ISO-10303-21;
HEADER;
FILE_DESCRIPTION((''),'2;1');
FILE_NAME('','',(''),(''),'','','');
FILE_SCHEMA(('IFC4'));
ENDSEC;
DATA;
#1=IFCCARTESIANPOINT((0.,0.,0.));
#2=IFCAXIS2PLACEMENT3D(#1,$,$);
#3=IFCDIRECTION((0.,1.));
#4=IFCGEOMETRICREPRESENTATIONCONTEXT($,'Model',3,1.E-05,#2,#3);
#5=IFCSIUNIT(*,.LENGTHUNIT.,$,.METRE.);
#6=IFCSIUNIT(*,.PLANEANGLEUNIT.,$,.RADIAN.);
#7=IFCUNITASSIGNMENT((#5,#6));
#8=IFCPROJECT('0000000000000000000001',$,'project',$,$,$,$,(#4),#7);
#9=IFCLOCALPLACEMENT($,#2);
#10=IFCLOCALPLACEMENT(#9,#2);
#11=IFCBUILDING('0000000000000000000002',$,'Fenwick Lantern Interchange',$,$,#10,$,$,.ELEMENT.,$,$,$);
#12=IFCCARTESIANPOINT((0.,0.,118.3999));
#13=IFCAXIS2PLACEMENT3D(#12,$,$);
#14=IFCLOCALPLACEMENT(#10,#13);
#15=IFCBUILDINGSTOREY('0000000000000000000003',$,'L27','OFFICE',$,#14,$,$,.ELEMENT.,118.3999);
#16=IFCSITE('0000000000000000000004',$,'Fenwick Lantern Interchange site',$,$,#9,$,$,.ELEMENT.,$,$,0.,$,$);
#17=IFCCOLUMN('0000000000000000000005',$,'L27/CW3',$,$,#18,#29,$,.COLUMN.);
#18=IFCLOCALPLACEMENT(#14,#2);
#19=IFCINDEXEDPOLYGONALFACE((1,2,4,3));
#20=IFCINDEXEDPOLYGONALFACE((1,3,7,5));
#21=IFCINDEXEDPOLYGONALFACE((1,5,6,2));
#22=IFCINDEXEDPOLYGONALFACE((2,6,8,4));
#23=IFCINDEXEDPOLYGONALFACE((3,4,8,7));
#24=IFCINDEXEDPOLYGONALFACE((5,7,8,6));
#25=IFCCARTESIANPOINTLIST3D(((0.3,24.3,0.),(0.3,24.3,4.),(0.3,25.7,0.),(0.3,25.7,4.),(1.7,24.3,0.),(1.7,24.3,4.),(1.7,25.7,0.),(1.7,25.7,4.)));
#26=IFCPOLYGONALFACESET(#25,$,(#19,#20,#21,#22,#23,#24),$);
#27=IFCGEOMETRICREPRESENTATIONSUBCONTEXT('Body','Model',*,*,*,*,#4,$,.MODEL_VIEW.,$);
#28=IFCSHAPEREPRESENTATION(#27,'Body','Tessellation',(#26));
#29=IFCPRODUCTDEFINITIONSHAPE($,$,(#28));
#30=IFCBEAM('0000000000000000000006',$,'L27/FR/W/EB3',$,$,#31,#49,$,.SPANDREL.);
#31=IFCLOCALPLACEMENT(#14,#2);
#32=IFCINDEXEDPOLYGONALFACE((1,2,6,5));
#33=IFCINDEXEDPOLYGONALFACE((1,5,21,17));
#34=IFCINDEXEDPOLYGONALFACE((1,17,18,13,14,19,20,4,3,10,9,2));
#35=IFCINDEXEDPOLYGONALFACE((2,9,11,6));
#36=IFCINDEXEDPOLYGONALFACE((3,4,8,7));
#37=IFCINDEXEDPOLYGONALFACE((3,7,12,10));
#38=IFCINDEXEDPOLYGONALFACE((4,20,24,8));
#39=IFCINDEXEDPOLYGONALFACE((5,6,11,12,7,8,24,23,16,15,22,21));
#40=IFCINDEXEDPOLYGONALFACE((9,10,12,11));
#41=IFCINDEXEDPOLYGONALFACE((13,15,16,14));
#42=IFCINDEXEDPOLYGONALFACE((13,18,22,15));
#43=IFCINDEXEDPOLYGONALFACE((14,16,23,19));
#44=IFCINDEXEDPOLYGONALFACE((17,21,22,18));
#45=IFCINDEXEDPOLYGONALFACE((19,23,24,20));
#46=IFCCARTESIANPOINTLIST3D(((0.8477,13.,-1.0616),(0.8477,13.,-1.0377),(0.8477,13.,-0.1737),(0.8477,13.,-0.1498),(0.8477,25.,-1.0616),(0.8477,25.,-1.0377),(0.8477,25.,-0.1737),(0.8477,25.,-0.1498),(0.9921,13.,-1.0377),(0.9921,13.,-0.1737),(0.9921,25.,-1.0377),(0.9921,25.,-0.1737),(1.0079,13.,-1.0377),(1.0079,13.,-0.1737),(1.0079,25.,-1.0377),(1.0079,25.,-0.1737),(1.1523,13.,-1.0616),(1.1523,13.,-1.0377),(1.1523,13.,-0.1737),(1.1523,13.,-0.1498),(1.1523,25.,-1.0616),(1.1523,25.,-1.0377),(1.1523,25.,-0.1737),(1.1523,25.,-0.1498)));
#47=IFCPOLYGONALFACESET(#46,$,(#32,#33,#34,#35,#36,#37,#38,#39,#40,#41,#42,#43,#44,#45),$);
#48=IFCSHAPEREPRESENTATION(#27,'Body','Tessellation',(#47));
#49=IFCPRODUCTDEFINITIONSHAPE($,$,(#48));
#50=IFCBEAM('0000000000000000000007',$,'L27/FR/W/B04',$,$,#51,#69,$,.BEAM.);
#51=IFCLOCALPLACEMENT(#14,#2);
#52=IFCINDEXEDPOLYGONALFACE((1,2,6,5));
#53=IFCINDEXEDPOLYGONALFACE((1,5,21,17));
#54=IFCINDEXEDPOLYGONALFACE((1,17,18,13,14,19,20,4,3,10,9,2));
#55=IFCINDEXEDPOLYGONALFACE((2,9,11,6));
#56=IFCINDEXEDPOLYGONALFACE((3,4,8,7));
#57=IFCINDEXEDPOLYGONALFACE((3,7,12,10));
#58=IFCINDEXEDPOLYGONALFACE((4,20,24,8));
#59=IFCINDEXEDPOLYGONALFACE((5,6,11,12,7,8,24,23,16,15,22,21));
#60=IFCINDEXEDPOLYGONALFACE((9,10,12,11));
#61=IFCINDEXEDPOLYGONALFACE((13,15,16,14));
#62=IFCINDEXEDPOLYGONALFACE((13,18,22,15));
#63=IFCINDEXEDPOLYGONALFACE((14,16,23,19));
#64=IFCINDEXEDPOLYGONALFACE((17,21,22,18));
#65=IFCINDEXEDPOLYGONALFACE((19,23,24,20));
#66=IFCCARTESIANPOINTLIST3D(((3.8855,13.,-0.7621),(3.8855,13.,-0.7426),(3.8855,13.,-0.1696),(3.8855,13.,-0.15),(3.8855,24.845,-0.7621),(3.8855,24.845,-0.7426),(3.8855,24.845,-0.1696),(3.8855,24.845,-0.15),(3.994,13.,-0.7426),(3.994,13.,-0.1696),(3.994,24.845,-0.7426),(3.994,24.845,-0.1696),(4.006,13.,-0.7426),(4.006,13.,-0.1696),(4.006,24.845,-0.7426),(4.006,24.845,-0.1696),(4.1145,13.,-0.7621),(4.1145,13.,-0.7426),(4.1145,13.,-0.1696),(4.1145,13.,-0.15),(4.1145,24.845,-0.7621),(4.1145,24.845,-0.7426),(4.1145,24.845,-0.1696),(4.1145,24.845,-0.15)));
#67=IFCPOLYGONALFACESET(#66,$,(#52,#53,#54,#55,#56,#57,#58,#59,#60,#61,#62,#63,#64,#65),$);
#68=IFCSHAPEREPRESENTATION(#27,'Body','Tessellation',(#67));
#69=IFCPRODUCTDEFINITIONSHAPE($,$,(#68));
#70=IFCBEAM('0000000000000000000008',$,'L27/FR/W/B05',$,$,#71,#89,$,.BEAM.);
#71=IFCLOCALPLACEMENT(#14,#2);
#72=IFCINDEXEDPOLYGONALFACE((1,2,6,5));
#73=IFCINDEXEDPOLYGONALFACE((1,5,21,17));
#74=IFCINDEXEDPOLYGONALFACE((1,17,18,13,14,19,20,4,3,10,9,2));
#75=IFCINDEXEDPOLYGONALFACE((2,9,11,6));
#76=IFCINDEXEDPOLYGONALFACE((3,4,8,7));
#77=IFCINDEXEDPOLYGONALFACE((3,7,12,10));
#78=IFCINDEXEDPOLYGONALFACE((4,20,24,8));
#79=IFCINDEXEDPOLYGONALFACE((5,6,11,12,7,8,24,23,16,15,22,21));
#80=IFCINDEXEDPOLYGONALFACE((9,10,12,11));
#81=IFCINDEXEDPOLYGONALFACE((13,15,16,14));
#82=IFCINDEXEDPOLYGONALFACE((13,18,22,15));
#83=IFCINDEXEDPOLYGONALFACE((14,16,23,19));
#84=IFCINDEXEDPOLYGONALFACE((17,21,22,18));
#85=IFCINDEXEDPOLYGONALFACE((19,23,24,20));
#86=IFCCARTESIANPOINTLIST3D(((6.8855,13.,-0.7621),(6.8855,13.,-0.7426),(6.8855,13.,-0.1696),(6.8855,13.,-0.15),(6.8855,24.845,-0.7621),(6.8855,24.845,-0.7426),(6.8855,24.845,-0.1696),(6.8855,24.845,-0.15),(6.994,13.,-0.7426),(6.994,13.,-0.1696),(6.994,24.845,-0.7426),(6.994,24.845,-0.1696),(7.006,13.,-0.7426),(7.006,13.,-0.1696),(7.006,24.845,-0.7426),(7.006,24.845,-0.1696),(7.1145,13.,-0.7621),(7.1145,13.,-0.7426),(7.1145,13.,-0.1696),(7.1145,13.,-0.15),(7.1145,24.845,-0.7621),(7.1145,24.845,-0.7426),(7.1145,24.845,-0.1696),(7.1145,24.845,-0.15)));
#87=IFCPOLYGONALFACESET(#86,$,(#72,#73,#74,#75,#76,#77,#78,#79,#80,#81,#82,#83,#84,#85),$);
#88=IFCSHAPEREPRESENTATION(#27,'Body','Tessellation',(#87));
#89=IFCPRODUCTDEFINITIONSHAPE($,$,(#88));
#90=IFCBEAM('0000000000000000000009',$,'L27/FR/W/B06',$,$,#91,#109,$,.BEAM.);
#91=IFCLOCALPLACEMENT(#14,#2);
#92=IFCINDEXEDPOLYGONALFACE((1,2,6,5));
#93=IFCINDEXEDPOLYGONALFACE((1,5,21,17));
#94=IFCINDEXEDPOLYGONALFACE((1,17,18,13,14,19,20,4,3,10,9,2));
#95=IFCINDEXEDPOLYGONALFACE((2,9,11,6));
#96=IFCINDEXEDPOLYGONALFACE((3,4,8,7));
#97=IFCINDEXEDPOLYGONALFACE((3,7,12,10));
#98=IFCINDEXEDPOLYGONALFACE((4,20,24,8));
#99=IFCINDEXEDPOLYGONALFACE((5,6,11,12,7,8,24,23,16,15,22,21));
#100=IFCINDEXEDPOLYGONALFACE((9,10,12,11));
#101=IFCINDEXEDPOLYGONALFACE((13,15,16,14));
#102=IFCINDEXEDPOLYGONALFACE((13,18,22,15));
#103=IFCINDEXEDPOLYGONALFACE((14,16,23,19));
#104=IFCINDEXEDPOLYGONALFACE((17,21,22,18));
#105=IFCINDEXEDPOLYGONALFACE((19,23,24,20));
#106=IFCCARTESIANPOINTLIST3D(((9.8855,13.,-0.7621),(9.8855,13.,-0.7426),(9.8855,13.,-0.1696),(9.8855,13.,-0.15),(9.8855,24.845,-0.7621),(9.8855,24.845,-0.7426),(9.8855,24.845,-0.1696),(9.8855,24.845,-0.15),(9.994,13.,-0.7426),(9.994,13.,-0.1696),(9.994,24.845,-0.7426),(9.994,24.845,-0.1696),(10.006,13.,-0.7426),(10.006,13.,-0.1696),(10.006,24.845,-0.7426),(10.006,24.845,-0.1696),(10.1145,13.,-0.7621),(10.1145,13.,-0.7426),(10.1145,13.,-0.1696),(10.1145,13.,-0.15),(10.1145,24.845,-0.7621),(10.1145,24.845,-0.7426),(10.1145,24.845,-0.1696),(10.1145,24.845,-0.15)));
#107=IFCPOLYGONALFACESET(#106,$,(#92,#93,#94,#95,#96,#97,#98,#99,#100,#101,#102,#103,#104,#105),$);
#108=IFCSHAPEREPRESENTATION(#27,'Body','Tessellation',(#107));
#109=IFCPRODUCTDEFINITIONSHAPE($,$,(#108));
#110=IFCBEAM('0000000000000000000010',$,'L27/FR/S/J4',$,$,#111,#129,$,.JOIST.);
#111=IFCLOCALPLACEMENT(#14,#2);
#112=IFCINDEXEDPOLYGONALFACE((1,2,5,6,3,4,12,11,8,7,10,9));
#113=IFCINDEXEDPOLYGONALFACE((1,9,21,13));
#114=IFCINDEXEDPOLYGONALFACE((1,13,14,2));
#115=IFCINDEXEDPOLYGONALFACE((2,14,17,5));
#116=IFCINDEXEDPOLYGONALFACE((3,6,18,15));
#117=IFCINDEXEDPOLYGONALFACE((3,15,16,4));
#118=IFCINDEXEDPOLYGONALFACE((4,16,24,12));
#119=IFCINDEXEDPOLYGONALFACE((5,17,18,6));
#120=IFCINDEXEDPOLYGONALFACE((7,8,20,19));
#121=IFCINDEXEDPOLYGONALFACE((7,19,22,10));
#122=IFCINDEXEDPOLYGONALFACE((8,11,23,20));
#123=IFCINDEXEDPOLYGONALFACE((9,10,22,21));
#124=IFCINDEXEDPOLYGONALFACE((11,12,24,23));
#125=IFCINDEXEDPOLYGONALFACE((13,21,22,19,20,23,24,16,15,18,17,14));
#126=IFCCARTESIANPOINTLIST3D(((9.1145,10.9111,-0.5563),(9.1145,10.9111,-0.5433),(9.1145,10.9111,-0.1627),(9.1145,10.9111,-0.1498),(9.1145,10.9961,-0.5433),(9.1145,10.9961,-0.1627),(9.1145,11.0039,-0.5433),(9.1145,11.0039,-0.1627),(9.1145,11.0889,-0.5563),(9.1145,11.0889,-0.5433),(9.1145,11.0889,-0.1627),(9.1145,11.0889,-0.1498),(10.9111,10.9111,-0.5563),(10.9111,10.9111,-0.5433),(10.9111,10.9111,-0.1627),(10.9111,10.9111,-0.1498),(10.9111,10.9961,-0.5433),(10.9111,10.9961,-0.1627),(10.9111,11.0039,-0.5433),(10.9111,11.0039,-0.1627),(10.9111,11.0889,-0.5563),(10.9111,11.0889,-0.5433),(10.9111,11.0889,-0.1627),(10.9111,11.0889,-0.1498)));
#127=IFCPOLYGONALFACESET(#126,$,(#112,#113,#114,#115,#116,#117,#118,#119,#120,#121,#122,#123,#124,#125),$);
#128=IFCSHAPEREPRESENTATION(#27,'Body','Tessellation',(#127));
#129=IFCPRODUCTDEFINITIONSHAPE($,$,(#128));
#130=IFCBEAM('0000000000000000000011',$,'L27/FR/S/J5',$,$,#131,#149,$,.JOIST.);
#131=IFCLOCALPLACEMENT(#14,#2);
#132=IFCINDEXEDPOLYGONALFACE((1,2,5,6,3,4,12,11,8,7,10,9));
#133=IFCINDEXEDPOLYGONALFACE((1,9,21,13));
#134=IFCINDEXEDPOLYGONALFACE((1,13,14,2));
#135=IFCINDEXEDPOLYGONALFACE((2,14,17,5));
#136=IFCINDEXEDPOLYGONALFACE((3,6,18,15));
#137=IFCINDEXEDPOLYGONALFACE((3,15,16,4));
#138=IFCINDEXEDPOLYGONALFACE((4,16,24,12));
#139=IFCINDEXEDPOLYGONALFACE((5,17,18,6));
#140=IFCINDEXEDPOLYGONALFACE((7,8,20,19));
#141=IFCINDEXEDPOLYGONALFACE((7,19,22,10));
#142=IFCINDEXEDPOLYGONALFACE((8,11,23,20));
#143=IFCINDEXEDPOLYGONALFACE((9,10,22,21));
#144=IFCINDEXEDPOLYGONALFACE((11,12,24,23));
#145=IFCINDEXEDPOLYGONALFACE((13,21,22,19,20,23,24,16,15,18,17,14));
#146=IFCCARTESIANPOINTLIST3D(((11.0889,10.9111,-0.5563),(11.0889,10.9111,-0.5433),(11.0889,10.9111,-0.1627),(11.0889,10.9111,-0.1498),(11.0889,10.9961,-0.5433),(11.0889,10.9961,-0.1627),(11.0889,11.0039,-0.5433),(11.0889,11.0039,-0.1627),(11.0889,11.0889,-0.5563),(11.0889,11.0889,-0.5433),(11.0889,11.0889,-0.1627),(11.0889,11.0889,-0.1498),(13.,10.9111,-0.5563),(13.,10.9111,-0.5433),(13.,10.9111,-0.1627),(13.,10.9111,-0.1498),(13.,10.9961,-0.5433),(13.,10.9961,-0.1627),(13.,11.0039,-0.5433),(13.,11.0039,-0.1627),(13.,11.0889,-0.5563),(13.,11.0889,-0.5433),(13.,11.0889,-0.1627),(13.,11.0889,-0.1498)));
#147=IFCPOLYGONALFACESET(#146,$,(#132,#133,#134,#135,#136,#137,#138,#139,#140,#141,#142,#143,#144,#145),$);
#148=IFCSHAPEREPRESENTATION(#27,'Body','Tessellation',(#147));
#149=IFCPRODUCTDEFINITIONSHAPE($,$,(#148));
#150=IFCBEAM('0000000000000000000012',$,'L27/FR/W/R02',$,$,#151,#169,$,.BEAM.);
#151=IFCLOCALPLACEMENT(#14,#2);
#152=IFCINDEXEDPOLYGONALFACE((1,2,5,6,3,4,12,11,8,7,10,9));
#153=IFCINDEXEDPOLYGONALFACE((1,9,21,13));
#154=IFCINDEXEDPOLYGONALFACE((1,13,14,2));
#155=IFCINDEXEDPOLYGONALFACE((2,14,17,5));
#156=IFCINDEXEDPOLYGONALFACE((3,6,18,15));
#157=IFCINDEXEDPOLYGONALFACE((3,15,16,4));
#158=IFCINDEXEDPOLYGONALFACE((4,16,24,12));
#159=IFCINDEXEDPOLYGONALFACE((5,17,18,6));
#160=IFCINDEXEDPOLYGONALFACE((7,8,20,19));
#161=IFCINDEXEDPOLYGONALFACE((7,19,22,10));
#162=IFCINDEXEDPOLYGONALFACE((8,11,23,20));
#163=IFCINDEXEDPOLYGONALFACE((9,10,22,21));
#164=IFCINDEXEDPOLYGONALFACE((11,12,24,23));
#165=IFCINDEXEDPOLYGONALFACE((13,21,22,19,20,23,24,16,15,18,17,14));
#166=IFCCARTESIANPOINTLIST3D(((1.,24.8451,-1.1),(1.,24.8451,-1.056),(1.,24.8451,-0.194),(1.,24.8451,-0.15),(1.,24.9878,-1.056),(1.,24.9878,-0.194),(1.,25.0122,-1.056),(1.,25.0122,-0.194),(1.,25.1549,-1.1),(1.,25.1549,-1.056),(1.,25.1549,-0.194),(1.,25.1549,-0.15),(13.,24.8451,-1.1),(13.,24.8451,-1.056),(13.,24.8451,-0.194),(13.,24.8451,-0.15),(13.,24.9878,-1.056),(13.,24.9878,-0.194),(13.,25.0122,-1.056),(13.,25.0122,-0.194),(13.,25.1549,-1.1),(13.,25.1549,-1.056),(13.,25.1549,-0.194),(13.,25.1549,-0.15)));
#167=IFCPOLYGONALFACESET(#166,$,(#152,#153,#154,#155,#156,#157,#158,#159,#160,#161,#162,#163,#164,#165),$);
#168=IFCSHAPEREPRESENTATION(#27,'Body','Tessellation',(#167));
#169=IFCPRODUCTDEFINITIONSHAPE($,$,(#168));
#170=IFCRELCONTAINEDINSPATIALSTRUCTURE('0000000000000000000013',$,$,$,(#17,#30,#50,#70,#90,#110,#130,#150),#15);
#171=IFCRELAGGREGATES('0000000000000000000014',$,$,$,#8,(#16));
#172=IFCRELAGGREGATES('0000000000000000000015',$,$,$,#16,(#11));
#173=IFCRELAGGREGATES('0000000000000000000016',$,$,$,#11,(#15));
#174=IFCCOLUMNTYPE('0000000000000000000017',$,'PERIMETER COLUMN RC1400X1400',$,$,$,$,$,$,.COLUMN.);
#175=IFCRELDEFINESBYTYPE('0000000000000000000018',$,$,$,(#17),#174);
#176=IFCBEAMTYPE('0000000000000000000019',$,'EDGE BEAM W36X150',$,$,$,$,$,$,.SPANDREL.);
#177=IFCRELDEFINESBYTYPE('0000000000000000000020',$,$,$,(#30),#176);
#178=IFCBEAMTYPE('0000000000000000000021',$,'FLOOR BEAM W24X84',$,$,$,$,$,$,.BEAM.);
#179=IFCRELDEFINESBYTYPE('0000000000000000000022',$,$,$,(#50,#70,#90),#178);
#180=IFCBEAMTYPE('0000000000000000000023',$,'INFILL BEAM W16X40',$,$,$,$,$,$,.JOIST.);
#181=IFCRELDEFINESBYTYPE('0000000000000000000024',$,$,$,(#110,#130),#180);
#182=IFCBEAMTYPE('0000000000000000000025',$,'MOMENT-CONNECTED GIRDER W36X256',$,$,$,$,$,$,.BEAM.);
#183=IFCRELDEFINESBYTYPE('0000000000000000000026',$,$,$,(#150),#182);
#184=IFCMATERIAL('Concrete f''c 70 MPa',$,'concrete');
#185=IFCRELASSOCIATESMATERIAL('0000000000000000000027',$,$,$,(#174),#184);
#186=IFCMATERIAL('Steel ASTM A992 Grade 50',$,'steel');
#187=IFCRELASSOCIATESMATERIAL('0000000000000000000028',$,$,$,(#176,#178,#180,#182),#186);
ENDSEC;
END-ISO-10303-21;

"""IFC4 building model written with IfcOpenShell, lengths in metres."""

from ifc_helpers import new_model, si_unit, direction, frame, origin, origin_2d, place, context, subcontext, project, spatial, rectangle, i_section, extrude, material, material_profile, profile_set, type_object, element, save


model = new_model("IFC4")

# Units and contexts
model_context = context("Model", 3, precision=1e-05, world=origin(), true_north=direction((0.0, 1.0)))
body_context = subcontext(model_context, "Body", "Model", "MODEL_VIEW")
ifc_project = project(units=[si_unit("LENGTHUNIT", "METRE"), si_unit("PLANEANGLEUNIT", "RADIAN")], contexts=[model_context])

# Site, building, storey
site_placement = place(None, origin())
site = spatial("IfcSite", under=ifc_project, at=site_placement, Name="Fenwick Lantern Interchange site", CompositionType="ELEMENT", RefElevation=0.0)
building_placement = place(site_placement, origin())
building = spatial("IfcBuilding", under=site, at=building_placement, Name="Fenwick Lantern Interchange", CompositionType="ELEMENT")
storey_placement = place(building_placement, frame((0.0, 0.0, 118.3999)))
storey = spatial("IfcBuildingStorey", under=building, at=storey_placement, Name="L27", Description="OFFICE", CompositionType="ELEMENT", Elevation=118.3999)

# Column
ifc_material_1 = material(Name="Concrete f'c 70 MPa", Category="concrete")
ifc_material_profile_1 = material_profile(ifc_material_1, rectangle(XDim=1.3999, YDim=1.3999, at=origin_2d()), Name="RC1400X1400")
ifc_profile_set_1 = profile_set([ifc_material_profile_1], Name="Concrete f'c 70 MPa")
column_type = type_object("IfcColumnType", Name="PERIMETER COLUMN RC1400X1400", PredefinedType="COLUMN", material=ifc_profile_set_1)
column_placement = place(storey_placement, frame((1.0, 25.0, 0.0), z_axis=(0.0, 0.0, 1.0), x_axis=(1.0, 0.0, 0.0)))
element("IfcColumn", 1, at=column_placement, inside=storey, type_object=column_type, Name="L27/CW3", PredefinedType="COLUMN", context=body_context, shape_type="SweptSolid", body=[
    extrude(rectangle(XDim=1.3999, YDim=1.3999, at=origin_2d()), origin(), (0.0, 0.0, 1.0), 4.0),
])

# Beams
ifc_material_2 = material(Name="Steel ASTM A992 Grade 50", Category="steel")
ifc_material_profile_2 = material_profile(ifc_material_2, i_section(OverallWidth=0.3047, OverallDepth=0.9119, WebThickness=0.0159, FlangeThickness=0.0239, at=origin_2d()), Name="W36X150")
ifc_profile_set_2 = profile_set([ifc_material_profile_2], Name="Steel ASTM A992 Grade 50")
beam_type_1 = type_object("IfcBeamType", Name="EDGE BEAM W36X150", PredefinedType="SPANDREL", material=ifc_profile_set_2)
beam_1_placement = place(storey_placement, frame((1.0, 25.0, -0.6057), z_axis=(0.0, -1.0, 0.0), x_axis=(1.0, 0.0, 0.0)))
element("IfcBeam", 2, at=beam_1_placement, inside=storey, type_object=beam_type_1, Name="L27/FR/W/EB3", PredefinedType="SPANDREL", context=body_context, shape_type="SweptSolid", body=[
    extrude(i_section(OverallWidth=0.3047, OverallDepth=0.9119, WebThickness=0.0159, FlangeThickness=0.0239, at=origin_2d()), origin(), (0.0, 0.0, 1.0), 12.0),
])
ifc_material_profile_3 = material_profile(ifc_material_2, i_section(OverallWidth=0.229, OverallDepth=0.6121, WebThickness=0.012, FlangeThickness=0.0195, at=origin_2d()), Name="W24X84")
ifc_profile_set_3 = profile_set([ifc_material_profile_3], Name="Steel ASTM A992 Grade 50")
beam_type_2 = type_object("IfcBeamType", Name="FLOOR BEAM W24X84", PredefinedType="BEAM", material=ifc_profile_set_3)
for number, where, z_axis, x_axis, name in (
    (3, (4.0, 24.845, -0.4561), (0.0, -1.0, 0.0), (1.0, 0.0, 0.0), "L27/FR/W/B04"),
    (4, (7.0, 24.845, -0.4561), (0.0, -1.0, 0.0), (1.0, 0.0, 0.0), "L27/FR/W/B05"),
    (5, (10.0, 24.845, -0.4561), (0.0, -1.0, 0.0), (1.0, 0.0, 0.0), "L27/FR/W/B06"),
):
    element("IfcBeam", number, at=place(storey_placement, frame(where, z_axis=z_axis, x_axis=x_axis)), inside=storey, type_object=beam_type_2, Name=name, PredefinedType="BEAM", context=body_context, shape_type="SweptSolid", body=[
        extrude(i_section(OverallWidth=0.229, OverallDepth=0.6121, WebThickness=0.012, FlangeThickness=0.0195, at=origin_2d()), origin(), (0.0, 0.0, 1.0), 11.845),
    ])
ifc_material_profile_4 = material_profile(ifc_material_2, i_section(OverallWidth=0.1777, OverallDepth=0.4065, WebThickness=0.0078, FlangeThickness=0.0129, at=origin_2d()), Name="W16X40")
ifc_profile_set_4 = profile_set([ifc_material_profile_4], Name="Steel ASTM A992 Grade 50")
beam_type_3 = type_object("IfcBeamType", Name="INFILL BEAM W16X40", PredefinedType="JOIST", material=ifc_profile_set_4)
beam_2_placement = place(storey_placement, frame((9.1145, 11.0, -0.353), z_axis=(1.0, 0.0, 0.0), x_axis=(0.0, 1.0, 0.0)))
element("IfcBeam", 6, at=beam_2_placement, inside=storey, type_object=beam_type_3, Name="L27/FR/S/J4", PredefinedType="JOIST", context=body_context, shape_type="SweptSolid", body=[
    extrude(i_section(OverallWidth=0.1777, OverallDepth=0.4065, WebThickness=0.0078, FlangeThickness=0.0129, at=origin_2d()), origin(), (0.0, 0.0, 1.0), 1.7966),
])
beam_3_placement = place(storey_placement, frame((11.0889, 11.0, -0.353), z_axis=(1.0, 0.0, 0.0), x_axis=(0.0, 1.0, 0.0)))
element("IfcBeam", 7, at=beam_3_placement, inside=storey, type_object=beam_type_3, Name="L27/FR/S/J5", PredefinedType="JOIST", context=body_context, shape_type="SweptSolid", body=[
    extrude(i_section(OverallWidth=0.1777, OverallDepth=0.4065, WebThickness=0.0078, FlangeThickness=0.0129, at=origin_2d()), origin(), (0.0, 0.0, 1.0), 1.9111),
])
ifc_material_profile_5 = material_profile(ifc_material_2, i_section(OverallWidth=0.3098, OverallDepth=0.95, WebThickness=0.0244, FlangeThickness=0.0439, at=origin_2d()), Name="W36X256")
ifc_profile_set_5 = profile_set([ifc_material_profile_5], Name="Steel ASTM A992 Grade 50")
beam_type_4 = type_object("IfcBeamType", Name="MOMENT-CONNECTED GIRDER W36X256", PredefinedType="BEAM", material=ifc_profile_set_5)
beam_4_placement = place(storey_placement, frame((1.0, 25.0, -0.625), z_axis=(1.0, 0.0, 0.0), x_axis=(0.0, 1.0, 0.0)))
element("IfcBeam", 8, at=beam_4_placement, inside=storey, type_object=beam_type_4, Name="L27/FR/W/R02", PredefinedType="BEAM", context=body_context, shape_type="SweptSolid", body=[
    extrude(i_section(OverallWidth=0.3098, OverallDepth=0.95, WebThickness=0.0244, FlangeThickness=0.0439, at=origin_2d()), origin(), (0.0, 0.0, 1.0), 12.0),
])

save(model, "model.ifc")
